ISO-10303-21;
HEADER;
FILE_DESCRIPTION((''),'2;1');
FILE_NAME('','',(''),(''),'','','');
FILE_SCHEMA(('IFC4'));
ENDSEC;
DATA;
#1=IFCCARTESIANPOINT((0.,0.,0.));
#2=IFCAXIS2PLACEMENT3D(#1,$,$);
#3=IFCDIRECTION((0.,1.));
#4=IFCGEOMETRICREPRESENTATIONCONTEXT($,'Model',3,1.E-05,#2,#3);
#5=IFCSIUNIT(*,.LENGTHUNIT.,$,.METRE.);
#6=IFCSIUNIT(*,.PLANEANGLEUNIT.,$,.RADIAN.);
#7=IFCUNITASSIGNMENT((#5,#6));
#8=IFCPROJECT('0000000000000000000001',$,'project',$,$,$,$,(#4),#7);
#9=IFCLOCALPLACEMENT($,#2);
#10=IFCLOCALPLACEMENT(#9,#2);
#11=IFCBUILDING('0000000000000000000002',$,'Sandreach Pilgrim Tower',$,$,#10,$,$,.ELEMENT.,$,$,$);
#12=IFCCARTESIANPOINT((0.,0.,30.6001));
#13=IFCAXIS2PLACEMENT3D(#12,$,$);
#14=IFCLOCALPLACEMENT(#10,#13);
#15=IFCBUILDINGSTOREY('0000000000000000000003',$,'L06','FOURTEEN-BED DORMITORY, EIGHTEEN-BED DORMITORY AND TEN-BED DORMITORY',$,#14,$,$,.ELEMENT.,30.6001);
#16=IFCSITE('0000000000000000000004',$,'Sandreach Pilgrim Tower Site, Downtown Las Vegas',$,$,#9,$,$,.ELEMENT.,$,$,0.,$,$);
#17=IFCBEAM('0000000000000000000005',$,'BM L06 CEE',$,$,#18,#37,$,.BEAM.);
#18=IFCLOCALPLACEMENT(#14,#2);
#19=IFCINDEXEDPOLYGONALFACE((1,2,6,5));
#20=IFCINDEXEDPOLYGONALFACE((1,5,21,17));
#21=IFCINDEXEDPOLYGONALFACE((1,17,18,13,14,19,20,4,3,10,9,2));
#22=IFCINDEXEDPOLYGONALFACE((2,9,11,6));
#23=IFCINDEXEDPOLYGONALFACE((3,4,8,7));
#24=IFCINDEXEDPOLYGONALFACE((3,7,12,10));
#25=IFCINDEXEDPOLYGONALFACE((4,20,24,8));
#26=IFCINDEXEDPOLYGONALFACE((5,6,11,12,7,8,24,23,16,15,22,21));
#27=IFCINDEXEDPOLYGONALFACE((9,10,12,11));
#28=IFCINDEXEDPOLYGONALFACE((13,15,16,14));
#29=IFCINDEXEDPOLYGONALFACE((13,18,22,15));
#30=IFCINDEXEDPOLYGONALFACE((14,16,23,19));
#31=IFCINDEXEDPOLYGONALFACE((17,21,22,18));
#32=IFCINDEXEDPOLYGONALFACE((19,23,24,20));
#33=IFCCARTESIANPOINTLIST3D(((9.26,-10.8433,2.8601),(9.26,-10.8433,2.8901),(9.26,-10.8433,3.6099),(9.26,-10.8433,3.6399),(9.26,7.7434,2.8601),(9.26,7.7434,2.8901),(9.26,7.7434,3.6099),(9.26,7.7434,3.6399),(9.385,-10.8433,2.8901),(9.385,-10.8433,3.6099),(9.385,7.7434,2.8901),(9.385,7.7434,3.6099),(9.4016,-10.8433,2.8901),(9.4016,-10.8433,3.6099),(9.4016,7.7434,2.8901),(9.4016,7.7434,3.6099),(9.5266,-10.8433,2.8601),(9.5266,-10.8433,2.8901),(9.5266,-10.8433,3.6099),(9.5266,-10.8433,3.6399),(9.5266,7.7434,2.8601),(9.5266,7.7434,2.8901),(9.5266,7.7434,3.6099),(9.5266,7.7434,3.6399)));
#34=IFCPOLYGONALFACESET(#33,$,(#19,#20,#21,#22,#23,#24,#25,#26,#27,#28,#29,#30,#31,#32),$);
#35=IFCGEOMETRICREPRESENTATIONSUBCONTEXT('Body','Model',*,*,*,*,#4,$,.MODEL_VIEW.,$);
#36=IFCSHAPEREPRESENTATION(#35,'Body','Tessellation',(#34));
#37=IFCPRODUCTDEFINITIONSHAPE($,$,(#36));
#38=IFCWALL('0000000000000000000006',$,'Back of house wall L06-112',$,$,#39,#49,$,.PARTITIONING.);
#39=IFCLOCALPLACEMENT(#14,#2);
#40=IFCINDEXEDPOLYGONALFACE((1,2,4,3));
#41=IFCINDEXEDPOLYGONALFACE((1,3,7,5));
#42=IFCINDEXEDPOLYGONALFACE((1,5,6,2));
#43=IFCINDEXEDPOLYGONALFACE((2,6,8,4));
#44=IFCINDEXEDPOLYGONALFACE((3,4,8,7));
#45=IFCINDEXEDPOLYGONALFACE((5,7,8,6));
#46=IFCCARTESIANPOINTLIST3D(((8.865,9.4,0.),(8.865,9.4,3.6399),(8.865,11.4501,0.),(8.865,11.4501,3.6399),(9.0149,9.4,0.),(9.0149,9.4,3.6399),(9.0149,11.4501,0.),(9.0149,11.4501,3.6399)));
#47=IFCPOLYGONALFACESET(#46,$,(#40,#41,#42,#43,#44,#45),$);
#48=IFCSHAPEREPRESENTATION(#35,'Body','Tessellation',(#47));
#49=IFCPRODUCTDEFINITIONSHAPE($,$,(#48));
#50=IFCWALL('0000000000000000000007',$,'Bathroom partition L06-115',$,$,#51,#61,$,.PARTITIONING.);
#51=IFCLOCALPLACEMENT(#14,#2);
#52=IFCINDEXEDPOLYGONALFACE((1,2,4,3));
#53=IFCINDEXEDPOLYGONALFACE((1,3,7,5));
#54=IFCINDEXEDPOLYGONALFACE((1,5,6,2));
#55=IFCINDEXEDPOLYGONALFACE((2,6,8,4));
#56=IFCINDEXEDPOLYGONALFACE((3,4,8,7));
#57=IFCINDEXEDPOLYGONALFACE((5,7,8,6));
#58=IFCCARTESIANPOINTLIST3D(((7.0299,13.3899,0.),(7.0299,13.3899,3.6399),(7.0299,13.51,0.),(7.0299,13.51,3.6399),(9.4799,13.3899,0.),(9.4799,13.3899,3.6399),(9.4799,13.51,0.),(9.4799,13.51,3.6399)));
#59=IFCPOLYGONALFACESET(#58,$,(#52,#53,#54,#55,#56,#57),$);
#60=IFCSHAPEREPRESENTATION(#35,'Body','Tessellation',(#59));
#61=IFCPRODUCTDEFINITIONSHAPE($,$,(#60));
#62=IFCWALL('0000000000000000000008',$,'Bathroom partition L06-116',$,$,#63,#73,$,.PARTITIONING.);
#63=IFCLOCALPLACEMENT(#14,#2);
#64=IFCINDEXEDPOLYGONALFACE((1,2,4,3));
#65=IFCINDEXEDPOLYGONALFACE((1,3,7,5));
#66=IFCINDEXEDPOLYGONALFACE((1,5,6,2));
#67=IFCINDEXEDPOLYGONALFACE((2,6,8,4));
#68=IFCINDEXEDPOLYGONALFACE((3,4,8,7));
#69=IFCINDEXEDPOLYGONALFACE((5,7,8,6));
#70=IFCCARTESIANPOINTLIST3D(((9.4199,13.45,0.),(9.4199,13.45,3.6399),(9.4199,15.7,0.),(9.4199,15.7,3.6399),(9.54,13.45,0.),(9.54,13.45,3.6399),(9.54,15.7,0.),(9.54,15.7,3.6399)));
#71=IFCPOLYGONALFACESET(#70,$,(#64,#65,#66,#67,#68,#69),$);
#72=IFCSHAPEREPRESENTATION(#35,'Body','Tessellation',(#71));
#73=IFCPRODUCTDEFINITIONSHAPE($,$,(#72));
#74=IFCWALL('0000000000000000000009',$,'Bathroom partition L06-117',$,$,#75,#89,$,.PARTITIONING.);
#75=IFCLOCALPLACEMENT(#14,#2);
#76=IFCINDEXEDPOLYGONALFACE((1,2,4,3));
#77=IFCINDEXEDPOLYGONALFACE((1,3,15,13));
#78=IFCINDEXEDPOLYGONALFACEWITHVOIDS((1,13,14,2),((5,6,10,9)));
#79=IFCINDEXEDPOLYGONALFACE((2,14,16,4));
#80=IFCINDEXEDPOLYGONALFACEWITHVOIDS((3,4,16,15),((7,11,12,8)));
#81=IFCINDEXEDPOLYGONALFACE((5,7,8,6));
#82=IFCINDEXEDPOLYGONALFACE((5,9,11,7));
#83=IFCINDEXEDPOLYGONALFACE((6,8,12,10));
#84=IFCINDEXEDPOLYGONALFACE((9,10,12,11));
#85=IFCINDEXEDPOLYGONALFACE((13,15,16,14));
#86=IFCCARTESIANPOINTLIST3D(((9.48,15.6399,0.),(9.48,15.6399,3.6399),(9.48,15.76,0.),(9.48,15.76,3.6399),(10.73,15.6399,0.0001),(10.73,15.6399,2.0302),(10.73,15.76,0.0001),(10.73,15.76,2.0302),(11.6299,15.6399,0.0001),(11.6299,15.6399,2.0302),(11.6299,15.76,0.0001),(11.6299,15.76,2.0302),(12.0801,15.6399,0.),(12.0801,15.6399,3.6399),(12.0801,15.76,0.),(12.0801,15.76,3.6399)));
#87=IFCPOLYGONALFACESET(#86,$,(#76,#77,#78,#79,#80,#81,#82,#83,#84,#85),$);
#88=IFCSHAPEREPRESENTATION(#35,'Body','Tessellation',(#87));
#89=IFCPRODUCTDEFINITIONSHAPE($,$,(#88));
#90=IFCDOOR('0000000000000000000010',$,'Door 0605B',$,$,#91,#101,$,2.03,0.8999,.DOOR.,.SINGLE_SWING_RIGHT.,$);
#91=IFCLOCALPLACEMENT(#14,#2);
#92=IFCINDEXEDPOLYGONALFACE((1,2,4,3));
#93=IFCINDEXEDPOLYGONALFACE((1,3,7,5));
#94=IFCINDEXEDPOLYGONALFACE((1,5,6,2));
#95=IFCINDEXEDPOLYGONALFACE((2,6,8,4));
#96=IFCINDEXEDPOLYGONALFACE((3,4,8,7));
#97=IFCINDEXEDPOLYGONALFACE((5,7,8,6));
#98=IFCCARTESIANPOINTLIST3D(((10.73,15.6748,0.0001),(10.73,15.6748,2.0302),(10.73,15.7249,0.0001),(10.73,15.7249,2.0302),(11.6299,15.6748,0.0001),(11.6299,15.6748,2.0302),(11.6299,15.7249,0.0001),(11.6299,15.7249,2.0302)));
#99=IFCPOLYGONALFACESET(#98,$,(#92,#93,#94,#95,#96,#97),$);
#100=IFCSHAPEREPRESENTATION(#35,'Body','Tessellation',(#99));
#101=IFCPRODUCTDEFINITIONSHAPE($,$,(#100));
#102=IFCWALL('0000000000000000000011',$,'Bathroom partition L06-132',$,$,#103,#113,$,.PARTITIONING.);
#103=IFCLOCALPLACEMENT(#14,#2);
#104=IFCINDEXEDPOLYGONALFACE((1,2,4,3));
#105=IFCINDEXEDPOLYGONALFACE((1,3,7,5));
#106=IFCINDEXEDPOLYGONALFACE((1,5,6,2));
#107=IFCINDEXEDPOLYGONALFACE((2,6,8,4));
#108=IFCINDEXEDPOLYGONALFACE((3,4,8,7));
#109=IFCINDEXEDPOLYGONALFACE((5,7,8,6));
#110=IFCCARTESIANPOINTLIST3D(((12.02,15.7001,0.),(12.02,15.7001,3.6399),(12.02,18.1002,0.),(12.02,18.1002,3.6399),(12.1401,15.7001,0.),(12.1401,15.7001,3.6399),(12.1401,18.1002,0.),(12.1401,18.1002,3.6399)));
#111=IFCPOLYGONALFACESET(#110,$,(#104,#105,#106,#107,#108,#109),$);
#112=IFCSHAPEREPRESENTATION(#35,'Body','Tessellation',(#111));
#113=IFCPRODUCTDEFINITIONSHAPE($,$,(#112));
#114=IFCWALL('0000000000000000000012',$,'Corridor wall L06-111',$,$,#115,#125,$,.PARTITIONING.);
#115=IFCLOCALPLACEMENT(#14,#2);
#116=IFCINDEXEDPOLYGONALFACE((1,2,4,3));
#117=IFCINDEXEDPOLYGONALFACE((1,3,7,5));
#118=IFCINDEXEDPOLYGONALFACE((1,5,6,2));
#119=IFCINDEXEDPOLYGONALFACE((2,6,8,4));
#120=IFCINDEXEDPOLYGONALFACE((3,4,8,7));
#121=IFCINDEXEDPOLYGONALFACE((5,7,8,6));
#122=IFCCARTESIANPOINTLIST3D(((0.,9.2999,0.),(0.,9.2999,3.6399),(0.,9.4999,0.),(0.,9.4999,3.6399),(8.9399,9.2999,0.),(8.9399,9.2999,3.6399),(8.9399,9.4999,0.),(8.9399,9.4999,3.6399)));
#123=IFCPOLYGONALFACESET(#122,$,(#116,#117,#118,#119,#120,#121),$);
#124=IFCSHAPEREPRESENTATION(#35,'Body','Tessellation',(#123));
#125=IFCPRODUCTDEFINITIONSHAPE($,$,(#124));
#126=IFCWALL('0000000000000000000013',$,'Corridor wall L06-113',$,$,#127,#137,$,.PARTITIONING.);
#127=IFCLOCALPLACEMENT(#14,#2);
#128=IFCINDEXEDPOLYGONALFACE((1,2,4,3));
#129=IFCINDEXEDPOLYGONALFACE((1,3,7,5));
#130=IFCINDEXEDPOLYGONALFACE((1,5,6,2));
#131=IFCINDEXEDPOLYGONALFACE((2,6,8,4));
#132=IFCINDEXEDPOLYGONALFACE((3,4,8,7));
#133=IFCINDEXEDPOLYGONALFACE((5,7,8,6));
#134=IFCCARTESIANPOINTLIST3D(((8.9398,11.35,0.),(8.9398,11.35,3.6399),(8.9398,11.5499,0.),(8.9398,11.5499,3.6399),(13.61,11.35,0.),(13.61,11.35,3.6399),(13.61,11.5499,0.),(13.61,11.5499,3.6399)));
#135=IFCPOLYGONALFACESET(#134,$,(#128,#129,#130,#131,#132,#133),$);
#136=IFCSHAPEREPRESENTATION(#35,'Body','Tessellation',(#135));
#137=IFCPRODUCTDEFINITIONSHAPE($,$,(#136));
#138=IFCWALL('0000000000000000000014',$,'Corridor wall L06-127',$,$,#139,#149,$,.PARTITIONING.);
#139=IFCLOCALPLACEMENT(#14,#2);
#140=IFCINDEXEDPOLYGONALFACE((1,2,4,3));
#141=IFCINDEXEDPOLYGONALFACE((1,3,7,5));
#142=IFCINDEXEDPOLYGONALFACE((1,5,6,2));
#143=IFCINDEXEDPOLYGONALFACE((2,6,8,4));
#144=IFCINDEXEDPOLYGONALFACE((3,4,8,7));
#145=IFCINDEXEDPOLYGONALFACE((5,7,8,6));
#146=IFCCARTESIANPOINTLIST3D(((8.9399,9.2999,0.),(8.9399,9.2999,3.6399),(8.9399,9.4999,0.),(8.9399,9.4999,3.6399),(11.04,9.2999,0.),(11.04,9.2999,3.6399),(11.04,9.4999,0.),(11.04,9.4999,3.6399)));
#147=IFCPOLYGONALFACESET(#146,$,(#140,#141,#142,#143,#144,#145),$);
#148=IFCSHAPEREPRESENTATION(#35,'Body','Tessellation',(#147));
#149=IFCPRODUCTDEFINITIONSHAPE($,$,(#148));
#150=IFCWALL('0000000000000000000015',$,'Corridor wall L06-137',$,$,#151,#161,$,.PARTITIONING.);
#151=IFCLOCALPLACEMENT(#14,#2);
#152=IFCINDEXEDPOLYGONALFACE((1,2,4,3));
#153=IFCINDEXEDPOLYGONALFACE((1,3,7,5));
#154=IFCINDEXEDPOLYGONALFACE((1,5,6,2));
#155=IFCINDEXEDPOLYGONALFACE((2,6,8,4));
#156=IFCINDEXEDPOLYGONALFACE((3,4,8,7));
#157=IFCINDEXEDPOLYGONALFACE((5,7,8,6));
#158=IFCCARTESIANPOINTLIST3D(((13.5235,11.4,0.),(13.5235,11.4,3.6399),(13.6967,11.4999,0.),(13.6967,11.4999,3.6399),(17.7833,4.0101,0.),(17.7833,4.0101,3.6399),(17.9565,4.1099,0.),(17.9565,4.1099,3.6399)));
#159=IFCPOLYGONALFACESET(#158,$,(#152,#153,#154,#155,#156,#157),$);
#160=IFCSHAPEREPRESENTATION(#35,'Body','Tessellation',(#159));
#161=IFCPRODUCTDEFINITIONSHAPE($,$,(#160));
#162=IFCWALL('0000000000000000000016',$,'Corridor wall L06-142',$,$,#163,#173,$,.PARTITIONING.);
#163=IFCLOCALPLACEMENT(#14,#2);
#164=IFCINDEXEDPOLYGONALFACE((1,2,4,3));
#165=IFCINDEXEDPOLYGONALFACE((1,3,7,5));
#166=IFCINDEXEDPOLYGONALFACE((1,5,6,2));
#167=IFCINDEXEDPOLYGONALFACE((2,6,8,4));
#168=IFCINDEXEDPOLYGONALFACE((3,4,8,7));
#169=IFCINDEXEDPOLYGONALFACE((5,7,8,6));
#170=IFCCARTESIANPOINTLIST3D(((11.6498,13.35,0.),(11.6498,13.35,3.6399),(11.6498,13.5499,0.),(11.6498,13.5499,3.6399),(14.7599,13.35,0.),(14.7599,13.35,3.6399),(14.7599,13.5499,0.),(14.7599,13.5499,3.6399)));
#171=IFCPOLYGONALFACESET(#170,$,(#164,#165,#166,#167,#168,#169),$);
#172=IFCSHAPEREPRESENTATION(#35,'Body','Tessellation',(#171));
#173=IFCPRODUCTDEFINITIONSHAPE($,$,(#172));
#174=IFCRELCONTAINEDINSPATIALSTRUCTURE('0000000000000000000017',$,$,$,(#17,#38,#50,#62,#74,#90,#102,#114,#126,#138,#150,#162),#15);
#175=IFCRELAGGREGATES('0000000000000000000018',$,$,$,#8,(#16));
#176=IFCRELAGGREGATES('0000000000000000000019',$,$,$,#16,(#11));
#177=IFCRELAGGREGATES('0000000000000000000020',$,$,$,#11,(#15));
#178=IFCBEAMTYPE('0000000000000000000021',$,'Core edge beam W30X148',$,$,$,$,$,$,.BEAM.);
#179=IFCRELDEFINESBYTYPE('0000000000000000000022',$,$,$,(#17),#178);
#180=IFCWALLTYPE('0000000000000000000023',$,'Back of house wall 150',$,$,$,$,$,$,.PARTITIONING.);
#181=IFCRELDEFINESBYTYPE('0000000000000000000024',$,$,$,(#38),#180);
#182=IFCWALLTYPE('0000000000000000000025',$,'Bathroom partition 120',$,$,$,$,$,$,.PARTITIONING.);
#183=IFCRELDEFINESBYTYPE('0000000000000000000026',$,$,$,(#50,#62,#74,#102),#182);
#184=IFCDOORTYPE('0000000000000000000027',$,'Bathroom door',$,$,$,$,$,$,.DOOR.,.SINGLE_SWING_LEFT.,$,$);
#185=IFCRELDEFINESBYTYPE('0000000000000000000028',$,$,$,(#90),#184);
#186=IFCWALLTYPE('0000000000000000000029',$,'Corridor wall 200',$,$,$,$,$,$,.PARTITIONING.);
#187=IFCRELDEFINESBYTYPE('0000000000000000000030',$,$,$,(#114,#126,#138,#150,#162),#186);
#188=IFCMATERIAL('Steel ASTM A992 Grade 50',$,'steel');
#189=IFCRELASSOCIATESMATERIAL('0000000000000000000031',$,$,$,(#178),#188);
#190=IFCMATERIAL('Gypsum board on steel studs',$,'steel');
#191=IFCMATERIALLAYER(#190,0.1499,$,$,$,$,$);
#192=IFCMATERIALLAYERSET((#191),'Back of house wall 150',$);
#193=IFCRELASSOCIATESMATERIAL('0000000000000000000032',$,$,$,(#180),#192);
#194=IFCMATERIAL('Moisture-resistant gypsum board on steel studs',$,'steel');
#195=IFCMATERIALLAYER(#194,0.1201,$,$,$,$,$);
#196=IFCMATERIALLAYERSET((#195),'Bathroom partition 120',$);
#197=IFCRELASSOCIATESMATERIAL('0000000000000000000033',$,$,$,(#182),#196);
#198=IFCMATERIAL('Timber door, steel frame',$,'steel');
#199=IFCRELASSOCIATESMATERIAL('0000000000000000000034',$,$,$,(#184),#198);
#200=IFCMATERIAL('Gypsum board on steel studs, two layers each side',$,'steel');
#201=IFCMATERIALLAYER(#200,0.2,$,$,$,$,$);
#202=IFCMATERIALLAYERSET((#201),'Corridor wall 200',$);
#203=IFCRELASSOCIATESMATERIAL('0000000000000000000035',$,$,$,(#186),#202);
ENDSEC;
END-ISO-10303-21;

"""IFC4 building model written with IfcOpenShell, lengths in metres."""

from ifc_helpers import new_model, si_unit, direction, frame, frame_2d, origin, origin_2d, place, context, subcontext, project, spatial, rectangle, i_section, extrude, material, layer, layer_set, material_profile, profile_set, type_object, element, fill, save


model = new_model("IFC4")

# Units and contexts
model_context = context("Model", 3, precision=1e-05, world=origin(), true_north=direction((0.0, 1.0)))
body_context = subcontext(model_context, "Body", "Model", "MODEL_VIEW")
ifc_project = project(units=[si_unit("LENGTHUNIT", "METRE"), si_unit("PLANEANGLEUNIT", "RADIAN")], contexts=[model_context])

# Site, building, storey
site_placement = place(None, origin())
site = spatial("IfcSite", under=ifc_project, at=site_placement, Name="Sandreach Pilgrim Tower Site, Downtown Las Vegas", CompositionType="ELEMENT", RefElevation=0.0)
building_placement = place(site_placement, origin())
building = spatial("IfcBuilding", under=site, at=building_placement, Name="Sandreach Pilgrim Tower", CompositionType="ELEMENT")
storey_placement = place(building_placement, frame((0.0, 0.0, 30.6001)))
storey = spatial("IfcBuildingStorey", under=building, at=storey_placement, Name="L06", Description="FOURTEEN-BED DORMITORY, EIGHTEEN-BED DORMITORY AND TEN-BED DORMITORY", CompositionType="ELEMENT", Elevation=30.6001)

# Beam
ifc_material_1 = material(Name="Steel ASTM A992 Grade 50", Category="steel")
ifc_material_profile = material_profile(ifc_material_1, i_section(OverallWidth=0.2666, OverallDepth=0.7798, WebThickness=0.0166, FlangeThickness=0.03, at=origin_2d()), Name="W30X148")
ifc_profile_set = profile_set([ifc_material_profile], Name="Steel ASTM A992 Grade 50")
beam_type = type_object("IfcBeamType", Name="Core edge beam W30X148", PredefinedType="BEAM", material=ifc_profile_set)
beam_placement = place(storey_placement, frame((9.3933, 7.7434, 3.25), z_axis=(0.0, -1.0, 0.0), x_axis=(1.0, 0.0, 0.0)))
element("IfcBeam", 1, at=beam_placement, inside=storey, type_object=beam_type, Name="BM L06 CEE", PredefinedType="BEAM", context=body_context, shape_type="SweptSolid", body=[
    extrude(i_section(OverallWidth=0.2666, OverallDepth=0.7798, WebThickness=0.0166, FlangeThickness=0.03, at=origin_2d()), origin(), (0.0, 0.0, 1.0), 18.5867),
])

# Walls
ifc_material_2 = material(Name="Gypsum board on steel studs", Category="steel")
ifc_layer_1 = layer(ifc_material_2, 0.1499)
ifc_layer_set_1 = layer_set([ifc_layer_1], Name="Back of house wall 150")
wall_type_1 = type_object("IfcWallType", Name="Back of house wall 150", PredefinedType="PARTITIONING", material=ifc_layer_set_1)
wall_1_placement = place(storey_placement, frame((8.9399, 11.45, 0.0), z_axis=(0.0, 0.0, 1.0), x_axis=(0.0, -1.0, 0.0)))
element("IfcWall", 2, at=wall_1_placement, inside=storey, type_object=wall_type_1, Name="Back of house wall L06-112", PredefinedType="PARTITIONING", context=body_context, shape_type="SweptSolid", body=[
    extrude(rectangle(XDim=2.05, YDim=0.1499, at=frame_2d((1.0249, 0.0))), origin(), (0.0, 0.0, 1.0), 3.6399),
])
ifc_material_3 = material(Name="Moisture-resistant gypsum board on steel studs", Category="steel")
ifc_layer_2 = layer(ifc_material_3, 0.1201)
ifc_layer_set_2 = layer_set([ifc_layer_2], Name="Bathroom partition 120")
wall_type_2 = type_object("IfcWallType", Name="Bathroom partition 120", PredefinedType="PARTITIONING", material=ifc_layer_set_2)
wall_2_placement = place(storey_placement, frame((9.48, 13.45, 0.0), z_axis=(0.0, 0.0, 1.0), x_axis=(-1.0, 0.0, 0.0)))
element("IfcWall", 3, at=wall_2_placement, inside=storey, type_object=wall_type_2, Name="Bathroom partition L06-115", PredefinedType="PARTITIONING", context=body_context, shape_type="SweptSolid", body=[
    extrude(rectangle(XDim=2.45, YDim=0.1201, at=frame_2d((1.2251, 0.0))), origin(), (0.0, 0.0, 1.0), 3.6399),
])
wall_3_placement = place(storey_placement, frame((9.48, 15.7, 0.0), z_axis=(0.0, 0.0, 1.0), x_axis=(0.0, -1.0, 0.0)))
element("IfcWall", 4, at=wall_3_placement, inside=storey, type_object=wall_type_2, Name="Bathroom partition L06-116", PredefinedType="PARTITIONING", context=body_context, shape_type="SweptSolid", body=[
    extrude(rectangle(XDim=2.25, YDim=0.1201, at=frame_2d((1.125, 0.0))), origin(), (0.0, 0.0, 1.0), 3.6399),
])

# Wall, opening, door
wall_4_placement = place(storey_placement, frame((9.48, 15.7, 0.0), z_axis=(0.0, 0.0, 1.0), x_axis=(1.0, 0.0, 0.0)))
wall_4 = element("IfcWall", 5, at=wall_4_placement, inside=storey, type_object=wall_type_2, Name="Bathroom partition L06-117", PredefinedType="PARTITIONING", context=body_context, shape_type="SweptSolid", body=[
    extrude(rectangle(XDim=2.6001, YDim=0.1201, at=frame_2d((1.3, 0.0))), origin(), (0.0, 0.0, 1.0), 3.6399),
])
opening_1_placement = place(wall_4_placement, frame((1.25, 0.0, 0.0)))
opening_1 = element("IfcOpeningElement", 6, at=opening_1_placement, cuts=wall_4, PredefinedType="OPENING", context=body_context, shape_type="SweptSolid", body=[
    extrude(rectangle(XDim=0.8999, YDim=2.03, at=frame_2d((0.45, 1.0151))), frame((0.0, 0.0601, 0.0), z_axis=(0.0, -1.0, 0.0), x_axis=(1.0, 0.0, 0.0)), (0.0, 0.0, 1.0), 0.1201),
])
ifc_material_4 = material(Name="Timber door, steel frame", Category="steel")
door_type_1 = type_object("IfcDoorType", Name="Bathroom door", OperationType="SINGLE_SWING_LEFT", PredefinedType="DOOR", material=ifc_material_4)
door_1_placement = place(opening_1_placement, origin())
door_1 = element("IfcDoor", 7, at=door_1_placement, inside=storey, type_object=door_type_1, Name="Door 0605B", OperationType="SINGLE_SWING_RIGHT", OverallHeight=2.03, OverallWidth=0.8999, PredefinedType="DOOR", context=body_context, shape_type="SweptSolid", body=[
    extrude(rectangle(XDim=0.8999, YDim=2.03, at=frame_2d((0.45, 1.0151))), frame((0.0, 0.0249, 0.0), z_axis=(0.0, -1.0, 0.0), x_axis=(1.0, 0.0, 0.0)), (0.0, 0.0, 1.0), 0.05),
])
fill(opening_1, door_1)

# Wall
wall_5_placement = place(storey_placement, frame((12.0801, 15.7, 0.0), z_axis=(0.0, 0.0, 1.0), x_axis=(0.0, 1.0, 0.0)))
element("IfcWall", 8, at=wall_5_placement, inside=storey, type_object=wall_type_2, Name="Bathroom partition L06-132", PredefinedType="PARTITIONING", context=body_context, shape_type="SweptSolid", body=[
    extrude(rectangle(XDim=2.4001, YDim=0.1201, at=frame_2d((1.2002, 0.0))), origin(), (0.0, 0.0, 1.0), 3.6399),
])

# Shared definitions
ifc_material_5 = material(Name="Gypsum board on steel studs, two layers each side", Category="steel")
ifc_layer_3 = layer(ifc_material_5, 0.2)
ifc_layer_set_3 = layer_set([ifc_layer_3], Name="Corridor wall 200")
wall_type_3 = type_object("IfcWallType", Name="Corridor wall 200", PredefinedType="PARTITIONING", material=ifc_layer_set_3)

# Walls
wall_6_placement = place(storey_placement, frame((8.9399, 9.3999, 0.0), z_axis=(0.0, 0.0, 1.0), x_axis=(-1.0, 0.0, 0.0)))
element("IfcWall", 9, at=wall_6_placement, inside=storey, type_object=wall_type_3, Name="Corridor wall L06-111", PredefinedType="PARTITIONING", context=body_context, shape_type="SweptSolid", body=[
    extrude(rectangle(XDim=8.9399, YDim=0.2, at=frame_2d((4.47, 0.0))), origin(), (0.0, 0.0, 1.0), 3.6399),
])
wall_7_placement = place(storey_placement, frame((8.9399, 11.45, 0.0), z_axis=(0.0, 0.0, 1.0), x_axis=(1.0, 0.0, 0.0)))
element("IfcWall", 10, at=wall_7_placement, inside=storey, type_object=wall_type_3, Name="Corridor wall L06-113", PredefinedType="PARTITIONING", context=body_context, shape_type="SweptSolid", body=[
    extrude(rectangle(XDim=4.6702, YDim=0.2, at=frame_2d((2.335, 0.0))), origin(), (0.0, 0.0, 1.0), 3.6399),
])
wall_8_placement = place(storey_placement, frame((11.04, 9.3999, 0.0), z_axis=(0.0, 0.0, 1.0), x_axis=(-1.0, 0.0, 0.0)))
element("IfcWall", 11, at=wall_8_placement, inside=storey, type_object=wall_type_3, Name="Corridor wall L06-127", PredefinedType="PARTITIONING", context=body_context, shape_type="SweptSolid", body=[
    extrude(rectangle(XDim=2.1001, YDim=0.2, at=frame_2d((1.05, 0.0))), origin(), (0.0, 0.0, 1.0), 3.6399),
])

# Walls
wall_9_placement = place(storey_placement, frame((13.6101, 11.45, 0.0), z_axis=(0.0, 0.0, 1.0), x_axis=(0.499403, -0.86637, 0.0)))
element("IfcWall", 12, at=wall_9_placement, inside=storey, type_object=wall_type_3, Name="Corridor wall L06-137", PredefinedType="PARTITIONING", context=body_context, shape_type="SweptSolid", body=[
    extrude(rectangle(XDim=8.5298, YDim=0.2, at=frame_2d((4.2649, 0.0))), origin(), (0.0, 0.0, 1.0), 3.6399),
])
wall_10_placement = place(storey_placement, frame((14.76, 13.45, 0.0), z_axis=(0.0, 0.0, 1.0), x_axis=(-1.0, 0.0, 0.0)))
element("IfcWall", 13, at=wall_10_placement, inside=storey, type_object=wall_type_3, Name="Corridor wall L06-142", PredefinedType="PARTITIONING", context=body_context, shape_type="SweptSolid", body=[
    extrude(rectangle(XDim=3.1101, YDim=0.2, at=frame_2d((1.5552, 0.0))), origin(), (0.0, 0.0, 1.0), 3.6399),
])

save(model, "model.ifc")
